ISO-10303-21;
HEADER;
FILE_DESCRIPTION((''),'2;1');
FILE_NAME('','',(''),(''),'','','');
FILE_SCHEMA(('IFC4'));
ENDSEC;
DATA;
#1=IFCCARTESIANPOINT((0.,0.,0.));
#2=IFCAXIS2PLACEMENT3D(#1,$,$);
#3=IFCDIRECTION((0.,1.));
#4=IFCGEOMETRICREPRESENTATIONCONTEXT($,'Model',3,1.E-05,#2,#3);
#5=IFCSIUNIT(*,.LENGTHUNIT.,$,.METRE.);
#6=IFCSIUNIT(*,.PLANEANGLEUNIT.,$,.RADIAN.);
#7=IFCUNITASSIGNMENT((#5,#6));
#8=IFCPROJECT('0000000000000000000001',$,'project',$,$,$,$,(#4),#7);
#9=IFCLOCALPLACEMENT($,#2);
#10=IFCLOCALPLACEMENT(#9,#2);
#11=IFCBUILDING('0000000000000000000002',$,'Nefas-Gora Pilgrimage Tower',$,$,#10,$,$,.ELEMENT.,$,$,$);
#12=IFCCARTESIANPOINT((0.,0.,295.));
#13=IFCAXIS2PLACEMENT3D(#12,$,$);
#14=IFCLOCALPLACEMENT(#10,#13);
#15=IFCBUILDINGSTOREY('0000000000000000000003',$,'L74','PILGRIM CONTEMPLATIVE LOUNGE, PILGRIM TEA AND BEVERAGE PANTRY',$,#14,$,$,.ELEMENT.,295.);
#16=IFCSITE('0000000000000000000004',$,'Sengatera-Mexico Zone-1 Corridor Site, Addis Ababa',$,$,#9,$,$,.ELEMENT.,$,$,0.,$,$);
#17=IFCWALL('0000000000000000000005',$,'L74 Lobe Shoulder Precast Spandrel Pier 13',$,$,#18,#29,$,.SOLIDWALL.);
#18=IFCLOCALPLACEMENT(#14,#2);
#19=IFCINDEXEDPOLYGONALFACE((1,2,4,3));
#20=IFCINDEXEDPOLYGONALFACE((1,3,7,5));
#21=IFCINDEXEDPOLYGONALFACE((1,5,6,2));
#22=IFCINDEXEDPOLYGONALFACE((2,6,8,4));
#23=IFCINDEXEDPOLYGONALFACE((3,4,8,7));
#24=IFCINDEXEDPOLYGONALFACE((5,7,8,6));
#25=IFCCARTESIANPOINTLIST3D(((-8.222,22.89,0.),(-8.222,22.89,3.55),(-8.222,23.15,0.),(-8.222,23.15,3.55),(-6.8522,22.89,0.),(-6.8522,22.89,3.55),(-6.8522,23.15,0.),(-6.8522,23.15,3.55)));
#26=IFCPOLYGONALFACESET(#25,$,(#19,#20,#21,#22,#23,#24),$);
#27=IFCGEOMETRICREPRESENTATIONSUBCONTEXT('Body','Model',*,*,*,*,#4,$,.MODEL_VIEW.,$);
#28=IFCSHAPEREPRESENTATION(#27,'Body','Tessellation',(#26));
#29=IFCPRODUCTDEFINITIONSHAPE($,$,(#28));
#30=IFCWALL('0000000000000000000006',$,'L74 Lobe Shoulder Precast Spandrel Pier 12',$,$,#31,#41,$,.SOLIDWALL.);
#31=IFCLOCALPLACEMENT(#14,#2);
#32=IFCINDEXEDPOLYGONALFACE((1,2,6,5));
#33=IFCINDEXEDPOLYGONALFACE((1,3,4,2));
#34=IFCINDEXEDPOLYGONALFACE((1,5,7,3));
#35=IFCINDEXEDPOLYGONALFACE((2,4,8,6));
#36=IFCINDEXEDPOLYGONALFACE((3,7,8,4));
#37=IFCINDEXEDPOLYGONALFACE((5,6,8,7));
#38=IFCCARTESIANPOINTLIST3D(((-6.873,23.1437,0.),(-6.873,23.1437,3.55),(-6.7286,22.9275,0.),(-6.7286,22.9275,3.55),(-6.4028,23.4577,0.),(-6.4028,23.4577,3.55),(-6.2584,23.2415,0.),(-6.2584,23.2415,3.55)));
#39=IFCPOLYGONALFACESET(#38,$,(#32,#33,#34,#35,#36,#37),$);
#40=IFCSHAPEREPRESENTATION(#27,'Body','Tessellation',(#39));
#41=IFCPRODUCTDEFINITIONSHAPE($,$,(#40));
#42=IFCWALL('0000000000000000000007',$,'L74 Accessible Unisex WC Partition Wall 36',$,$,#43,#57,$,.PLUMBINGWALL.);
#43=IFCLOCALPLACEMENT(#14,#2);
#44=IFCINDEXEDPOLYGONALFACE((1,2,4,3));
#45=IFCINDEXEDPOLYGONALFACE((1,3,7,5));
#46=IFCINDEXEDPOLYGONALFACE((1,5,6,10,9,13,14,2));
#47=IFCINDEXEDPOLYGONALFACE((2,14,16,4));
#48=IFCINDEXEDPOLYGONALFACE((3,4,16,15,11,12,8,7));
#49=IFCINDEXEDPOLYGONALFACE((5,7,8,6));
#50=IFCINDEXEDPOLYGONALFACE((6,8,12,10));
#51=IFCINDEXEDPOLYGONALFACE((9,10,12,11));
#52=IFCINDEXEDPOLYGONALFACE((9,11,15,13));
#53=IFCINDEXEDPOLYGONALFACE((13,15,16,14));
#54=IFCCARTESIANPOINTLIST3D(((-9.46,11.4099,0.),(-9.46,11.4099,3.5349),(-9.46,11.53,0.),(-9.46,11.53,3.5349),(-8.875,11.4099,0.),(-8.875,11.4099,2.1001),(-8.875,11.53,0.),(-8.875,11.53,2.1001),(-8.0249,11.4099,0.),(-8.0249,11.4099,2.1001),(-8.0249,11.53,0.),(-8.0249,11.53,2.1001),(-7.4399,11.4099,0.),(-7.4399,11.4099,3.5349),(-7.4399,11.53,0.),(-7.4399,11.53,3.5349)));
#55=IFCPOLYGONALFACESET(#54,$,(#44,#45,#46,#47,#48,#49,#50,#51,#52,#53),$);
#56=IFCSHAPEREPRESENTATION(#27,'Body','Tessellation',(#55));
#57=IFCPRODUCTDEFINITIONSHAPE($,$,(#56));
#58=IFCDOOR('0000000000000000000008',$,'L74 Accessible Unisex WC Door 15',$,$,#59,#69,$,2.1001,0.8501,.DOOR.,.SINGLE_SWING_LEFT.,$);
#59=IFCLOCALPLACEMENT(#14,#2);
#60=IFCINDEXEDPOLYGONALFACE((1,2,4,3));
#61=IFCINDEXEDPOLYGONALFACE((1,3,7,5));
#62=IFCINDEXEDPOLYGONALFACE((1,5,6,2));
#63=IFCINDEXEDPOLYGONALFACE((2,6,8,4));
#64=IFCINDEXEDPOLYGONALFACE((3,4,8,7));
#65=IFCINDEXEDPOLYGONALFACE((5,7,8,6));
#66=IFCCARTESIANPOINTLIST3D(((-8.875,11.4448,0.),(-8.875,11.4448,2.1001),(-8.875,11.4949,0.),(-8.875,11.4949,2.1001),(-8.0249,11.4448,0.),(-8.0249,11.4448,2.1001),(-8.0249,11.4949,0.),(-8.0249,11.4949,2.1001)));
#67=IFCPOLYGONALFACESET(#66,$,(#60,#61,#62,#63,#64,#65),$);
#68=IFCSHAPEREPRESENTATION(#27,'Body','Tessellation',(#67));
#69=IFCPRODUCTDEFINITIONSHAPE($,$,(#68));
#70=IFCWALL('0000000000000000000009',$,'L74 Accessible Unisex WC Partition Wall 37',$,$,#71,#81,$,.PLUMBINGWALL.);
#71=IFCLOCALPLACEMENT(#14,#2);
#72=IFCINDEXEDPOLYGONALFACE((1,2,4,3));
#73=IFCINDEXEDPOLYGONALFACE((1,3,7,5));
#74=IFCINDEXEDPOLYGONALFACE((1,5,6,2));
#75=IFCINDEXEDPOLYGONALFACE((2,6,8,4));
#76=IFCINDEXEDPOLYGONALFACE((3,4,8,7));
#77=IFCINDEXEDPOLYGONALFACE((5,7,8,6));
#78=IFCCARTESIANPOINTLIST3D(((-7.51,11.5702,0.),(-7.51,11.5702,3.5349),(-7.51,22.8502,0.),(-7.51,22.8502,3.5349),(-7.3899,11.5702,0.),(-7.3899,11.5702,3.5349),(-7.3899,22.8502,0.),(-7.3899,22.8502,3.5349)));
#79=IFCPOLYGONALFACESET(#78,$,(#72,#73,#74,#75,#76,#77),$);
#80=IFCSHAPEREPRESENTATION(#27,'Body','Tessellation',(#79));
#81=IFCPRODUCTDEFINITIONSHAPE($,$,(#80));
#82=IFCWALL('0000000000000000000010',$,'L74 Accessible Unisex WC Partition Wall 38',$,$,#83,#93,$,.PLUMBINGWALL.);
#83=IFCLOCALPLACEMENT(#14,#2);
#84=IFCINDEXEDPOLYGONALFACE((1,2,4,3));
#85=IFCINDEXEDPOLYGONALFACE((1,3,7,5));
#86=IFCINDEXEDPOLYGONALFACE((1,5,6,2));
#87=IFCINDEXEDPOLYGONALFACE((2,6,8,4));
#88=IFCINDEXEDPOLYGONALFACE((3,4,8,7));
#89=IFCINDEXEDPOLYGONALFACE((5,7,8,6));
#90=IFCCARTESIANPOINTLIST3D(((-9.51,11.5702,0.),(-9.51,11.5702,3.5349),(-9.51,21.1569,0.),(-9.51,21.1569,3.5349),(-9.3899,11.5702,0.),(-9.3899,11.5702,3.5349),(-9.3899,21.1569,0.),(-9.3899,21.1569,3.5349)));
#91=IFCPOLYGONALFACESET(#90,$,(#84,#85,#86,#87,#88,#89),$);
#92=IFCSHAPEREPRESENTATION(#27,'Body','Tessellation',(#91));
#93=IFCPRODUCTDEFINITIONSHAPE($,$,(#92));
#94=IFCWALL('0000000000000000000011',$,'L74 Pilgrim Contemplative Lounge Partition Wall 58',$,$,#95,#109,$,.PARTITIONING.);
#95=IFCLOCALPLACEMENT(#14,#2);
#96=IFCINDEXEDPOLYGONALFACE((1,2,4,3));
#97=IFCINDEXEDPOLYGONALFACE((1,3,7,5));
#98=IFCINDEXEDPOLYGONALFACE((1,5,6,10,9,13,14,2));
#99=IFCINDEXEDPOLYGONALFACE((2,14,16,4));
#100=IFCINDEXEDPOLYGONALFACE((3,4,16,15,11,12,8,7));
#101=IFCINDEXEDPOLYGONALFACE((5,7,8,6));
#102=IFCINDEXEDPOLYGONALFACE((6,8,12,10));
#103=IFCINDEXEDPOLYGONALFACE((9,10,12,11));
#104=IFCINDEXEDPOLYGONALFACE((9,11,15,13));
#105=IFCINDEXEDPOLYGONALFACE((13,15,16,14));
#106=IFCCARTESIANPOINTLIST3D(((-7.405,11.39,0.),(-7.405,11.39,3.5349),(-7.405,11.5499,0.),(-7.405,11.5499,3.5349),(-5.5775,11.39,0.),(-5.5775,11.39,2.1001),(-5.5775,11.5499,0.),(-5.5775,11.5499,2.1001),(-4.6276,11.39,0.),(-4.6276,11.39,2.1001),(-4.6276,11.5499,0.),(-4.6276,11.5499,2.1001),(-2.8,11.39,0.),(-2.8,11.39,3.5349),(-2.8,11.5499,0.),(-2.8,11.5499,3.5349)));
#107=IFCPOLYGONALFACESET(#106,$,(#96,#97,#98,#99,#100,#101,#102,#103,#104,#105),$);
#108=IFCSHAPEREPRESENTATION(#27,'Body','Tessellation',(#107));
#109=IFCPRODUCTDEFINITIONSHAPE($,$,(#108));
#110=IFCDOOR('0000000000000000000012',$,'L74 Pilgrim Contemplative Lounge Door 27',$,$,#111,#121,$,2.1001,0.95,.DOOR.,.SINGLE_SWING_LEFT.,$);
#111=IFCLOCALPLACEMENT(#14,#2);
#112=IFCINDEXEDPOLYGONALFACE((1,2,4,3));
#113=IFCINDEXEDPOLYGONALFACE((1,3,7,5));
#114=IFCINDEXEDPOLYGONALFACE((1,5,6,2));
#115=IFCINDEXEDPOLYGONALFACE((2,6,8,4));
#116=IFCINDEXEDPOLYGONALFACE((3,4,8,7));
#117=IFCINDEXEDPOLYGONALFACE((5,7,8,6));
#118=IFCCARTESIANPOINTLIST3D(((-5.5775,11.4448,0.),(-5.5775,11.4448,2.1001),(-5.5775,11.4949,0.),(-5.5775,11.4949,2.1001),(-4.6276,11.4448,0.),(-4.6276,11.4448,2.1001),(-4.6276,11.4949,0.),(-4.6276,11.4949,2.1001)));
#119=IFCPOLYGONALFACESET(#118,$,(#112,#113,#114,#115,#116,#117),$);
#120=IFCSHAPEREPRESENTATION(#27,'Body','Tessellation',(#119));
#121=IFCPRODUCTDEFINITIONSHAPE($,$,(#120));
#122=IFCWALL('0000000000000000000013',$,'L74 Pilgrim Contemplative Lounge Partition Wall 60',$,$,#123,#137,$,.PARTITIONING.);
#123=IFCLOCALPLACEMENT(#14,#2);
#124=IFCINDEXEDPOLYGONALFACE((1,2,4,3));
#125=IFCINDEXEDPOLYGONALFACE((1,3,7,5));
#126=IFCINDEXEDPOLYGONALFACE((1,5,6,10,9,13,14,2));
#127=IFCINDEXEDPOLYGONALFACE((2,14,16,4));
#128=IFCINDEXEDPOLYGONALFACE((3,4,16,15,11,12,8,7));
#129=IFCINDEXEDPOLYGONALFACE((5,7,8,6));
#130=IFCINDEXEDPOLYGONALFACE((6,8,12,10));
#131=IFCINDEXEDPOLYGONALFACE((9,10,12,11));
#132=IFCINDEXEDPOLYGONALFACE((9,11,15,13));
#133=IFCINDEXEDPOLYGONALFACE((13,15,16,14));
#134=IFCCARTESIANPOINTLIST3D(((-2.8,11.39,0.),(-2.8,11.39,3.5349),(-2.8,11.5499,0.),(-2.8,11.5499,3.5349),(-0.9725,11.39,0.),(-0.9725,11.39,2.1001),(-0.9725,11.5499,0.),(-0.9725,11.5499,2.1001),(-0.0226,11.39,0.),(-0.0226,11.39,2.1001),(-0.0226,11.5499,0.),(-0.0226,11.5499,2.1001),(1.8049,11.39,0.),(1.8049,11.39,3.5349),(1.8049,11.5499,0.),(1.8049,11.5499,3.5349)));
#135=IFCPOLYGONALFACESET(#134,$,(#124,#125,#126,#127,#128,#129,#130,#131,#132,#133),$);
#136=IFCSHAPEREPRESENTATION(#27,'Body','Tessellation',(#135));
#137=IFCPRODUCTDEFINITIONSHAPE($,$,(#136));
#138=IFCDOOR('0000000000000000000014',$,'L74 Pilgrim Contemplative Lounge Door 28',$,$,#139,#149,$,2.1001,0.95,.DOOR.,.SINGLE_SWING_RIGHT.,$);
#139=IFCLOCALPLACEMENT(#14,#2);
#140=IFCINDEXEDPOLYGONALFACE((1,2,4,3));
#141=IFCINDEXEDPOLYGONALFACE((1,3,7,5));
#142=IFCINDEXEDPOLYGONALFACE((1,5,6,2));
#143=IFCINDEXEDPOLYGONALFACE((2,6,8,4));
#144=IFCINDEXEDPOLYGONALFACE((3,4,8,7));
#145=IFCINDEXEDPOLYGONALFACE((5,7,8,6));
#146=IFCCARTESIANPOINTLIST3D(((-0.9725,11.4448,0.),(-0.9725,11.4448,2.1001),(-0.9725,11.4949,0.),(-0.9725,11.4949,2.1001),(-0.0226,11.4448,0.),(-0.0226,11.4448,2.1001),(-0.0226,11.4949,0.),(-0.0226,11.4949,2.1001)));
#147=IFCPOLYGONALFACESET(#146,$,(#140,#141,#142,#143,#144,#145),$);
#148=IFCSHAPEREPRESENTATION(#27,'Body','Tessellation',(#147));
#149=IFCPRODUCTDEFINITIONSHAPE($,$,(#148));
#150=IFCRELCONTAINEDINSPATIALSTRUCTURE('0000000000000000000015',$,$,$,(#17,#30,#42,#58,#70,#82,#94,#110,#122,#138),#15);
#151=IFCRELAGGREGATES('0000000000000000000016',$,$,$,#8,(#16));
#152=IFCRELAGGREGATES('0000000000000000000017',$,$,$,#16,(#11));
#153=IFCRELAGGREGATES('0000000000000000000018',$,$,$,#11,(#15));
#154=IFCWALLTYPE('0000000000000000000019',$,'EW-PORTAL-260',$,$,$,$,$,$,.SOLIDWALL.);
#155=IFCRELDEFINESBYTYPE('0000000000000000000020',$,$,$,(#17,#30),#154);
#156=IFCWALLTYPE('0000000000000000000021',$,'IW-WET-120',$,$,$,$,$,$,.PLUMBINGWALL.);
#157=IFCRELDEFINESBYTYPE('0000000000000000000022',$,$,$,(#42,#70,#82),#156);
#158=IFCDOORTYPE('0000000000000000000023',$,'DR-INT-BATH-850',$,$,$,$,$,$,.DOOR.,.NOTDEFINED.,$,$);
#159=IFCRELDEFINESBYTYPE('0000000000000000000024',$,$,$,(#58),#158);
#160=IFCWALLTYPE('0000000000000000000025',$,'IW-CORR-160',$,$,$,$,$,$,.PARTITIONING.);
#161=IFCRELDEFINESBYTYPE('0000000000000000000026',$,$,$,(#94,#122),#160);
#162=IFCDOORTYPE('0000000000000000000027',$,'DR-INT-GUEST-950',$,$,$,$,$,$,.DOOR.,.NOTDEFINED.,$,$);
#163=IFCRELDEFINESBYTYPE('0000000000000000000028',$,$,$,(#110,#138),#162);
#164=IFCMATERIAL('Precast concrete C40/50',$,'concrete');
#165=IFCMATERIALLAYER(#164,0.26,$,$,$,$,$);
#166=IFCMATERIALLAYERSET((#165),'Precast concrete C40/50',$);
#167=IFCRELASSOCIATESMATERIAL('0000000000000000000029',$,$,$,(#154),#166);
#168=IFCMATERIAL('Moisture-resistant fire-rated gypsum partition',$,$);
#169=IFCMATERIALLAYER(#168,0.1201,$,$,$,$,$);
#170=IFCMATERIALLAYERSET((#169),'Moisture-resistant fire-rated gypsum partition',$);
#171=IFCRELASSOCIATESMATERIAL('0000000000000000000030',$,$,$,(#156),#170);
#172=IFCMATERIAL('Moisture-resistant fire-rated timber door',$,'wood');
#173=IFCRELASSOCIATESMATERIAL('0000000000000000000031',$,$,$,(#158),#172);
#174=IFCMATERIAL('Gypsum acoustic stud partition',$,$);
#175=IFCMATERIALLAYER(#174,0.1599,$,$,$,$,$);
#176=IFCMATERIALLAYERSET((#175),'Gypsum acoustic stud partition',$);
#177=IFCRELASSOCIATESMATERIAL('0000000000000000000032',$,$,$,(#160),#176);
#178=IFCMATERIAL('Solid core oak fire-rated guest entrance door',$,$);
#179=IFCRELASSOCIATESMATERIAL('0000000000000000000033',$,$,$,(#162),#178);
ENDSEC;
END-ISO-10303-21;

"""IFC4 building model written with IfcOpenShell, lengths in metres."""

from ifc_helpers import new_model, si_unit, direction, frame, frame_2d, origin, place, context, subcontext, project, spatial, rectangle, extrude, source, transform, mapped, material, layer, layer_set, type_object, element, fill, save


model = new_model("IFC4")

# Units and contexts
model_context = context("Model", 3, precision=1e-05, world=origin(), true_north=direction((0.0, 1.0)))
body_context = subcontext(model_context, "Body", "Model", "MODEL_VIEW")
ifc_project = project(units=[si_unit("LENGTHUNIT", "METRE"), si_unit("PLANEANGLEUNIT", "RADIAN")], contexts=[model_context])

# Site, building, storey
site_placement = place(None, origin())
site = spatial("IfcSite", under=ifc_project, at=site_placement, Name="Sengatera-Mexico Zone-1 Corridor Site, Addis Ababa", CompositionType="ELEMENT", RefElevation=0.0)
building_placement = place(site_placement, origin())
building = spatial("IfcBuilding", under=site, at=building_placement, Name="Nefas-Gora Pilgrimage Tower", CompositionType="ELEMENT")
storey_placement = place(building_placement, frame((0.0, 0.0, 295.0)))
storey = spatial("IfcBuildingStorey", under=building, at=storey_placement, Name="L74", Description="PILGRIM CONTEMPLATIVE LOUNGE, PILGRIM TEA AND BEVERAGE PANTRY", CompositionType="ELEMENT", Elevation=295.0)

# Walls
ifc_material_1 = material(Name="Precast concrete C40/50", Category="concrete")
ifc_layer_1 = layer(ifc_material_1, 0.26)
ifc_layer_set_1 = layer_set([ifc_layer_1], Name="Precast concrete C40/50")
wall_type_1 = type_object("IfcWallType", Name="EW-PORTAL-260", PredefinedType="SOLIDWALL", material=ifc_layer_set_1)
shared_shape_1 = source(origin(), body_context, "Body", "SweptSolid", [
    extrude(rectangle(XDim=1.3699, YDim=0.26, at=frame_2d((0.6851, 0.0))), origin(), (0.0, 0.0, 1.0), 3.55),
])
wall_1_placement = place(storey_placement, frame((-6.8521, 23.02, 0.0), z_axis=(0.0, 0.0, 1.0), x_axis=(-1.0, 0.0, 0.0)))
element("IfcWall", 1, at=wall_1_placement, inside=storey, type_object=wall_type_1, Name="L74 Lobe Shoulder Precast Spandrel Pier 13", PredefinedType="SOLIDWALL", context=body_context, shape_type="MappedRepresentation", body=[
    mapped(shared_shape_1, transform((0.0, 0.0, 0.0), x_axis=(1.0, 0.0, 0.0), y_axis=(0.0, 1.0, 0.0), z_axis=(0.0, 0.0, 1.0), scale=1.0)),
])
shared_shape_2 = source(origin(), body_context, "Body", "SweptSolid", [
    extrude(rectangle(XDim=0.5654, YDim=0.26, at=frame_2d((0.2827, 0.0))), origin(), (0.0, 0.0, 1.0), 3.55),
])
wall_2_placement = place(storey_placement, frame((-6.3306, 23.3496, 0.0), z_axis=(0.0, 0.0, 1.0), x_axis=(-0.831651, -0.555298, 0.0)))
element("IfcWall", 2, at=wall_2_placement, inside=storey, type_object=wall_type_1, Name="L74 Lobe Shoulder Precast Spandrel Pier 12", PredefinedType="SOLIDWALL", context=body_context, shape_type="MappedRepresentation", body=[
    mapped(shared_shape_2, transform((0.0, 0.0, 0.0), x_axis=(1.0, 0.0, 0.0), y_axis=(0.0, 1.0, 0.0), z_axis=(0.0, 0.0, 1.0), scale=1.0)),
])

# Wall, opening, door
ifc_material_2 = material(Name="Moisture-resistant fire-rated gypsum partition")
ifc_layer_2 = layer(ifc_material_2, 0.1201)
ifc_layer_set_2 = layer_set([ifc_layer_2], Name="Moisture-resistant fire-rated gypsum partition")
wall_type_2 = type_object("IfcWallType", Name="IW-WET-120", PredefinedType="PLUMBINGWALL", material=ifc_layer_set_2)
shared_shape_3 = source(origin(), body_context, "Body", "SweptSolid", [
    extrude(rectangle(XDim=2.02, YDim=0.1201, at=frame_2d((1.01, 0.0))), origin(), (0.0, 0.0, 1.0), 3.5349),
])
wall_3_placement = place(storey_placement, frame((-9.46, 11.47, 0.0), z_axis=(0.0, 0.0, 1.0), x_axis=(1.0, 0.0, 0.0)))
wall_3 = element("IfcWall", 3, at=wall_3_placement, inside=storey, type_object=wall_type_2, Name="L74 Accessible Unisex WC Partition Wall 36", PredefinedType="PLUMBINGWALL", context=body_context, shape_type="MappedRepresentation", body=[
    mapped(shared_shape_3, transform((0.0, 0.0, 0.0), x_axis=(1.0, 0.0, 0.0), y_axis=(0.0, 1.0, 0.0), z_axis=(0.0, 0.0, 1.0), scale=1.0)),
])
opening_1_placement = place(wall_3_placement, frame((0.585, 0.0, 0.0)))
opening_1 = element("IfcOpeningElement", 4, at=opening_1_placement, cuts=wall_3, PredefinedType="OPENING", context=body_context, shape_type="SweptSolid", body=[
    extrude(rectangle(XDim=0.8501, YDim=2.1001, at=frame_2d((0.425, 1.05))), frame((0.0, 0.0701, 0.0), z_axis=(0.0, -1.0, 0.0), x_axis=(1.0, 0.0, 0.0)), (0.0, 0.0, 1.0), 0.1401),
])
ifc_material_3 = material(Name="Moisture-resistant fire-rated timber door", Category="wood")
door_type_1 = type_object("IfcDoorType", Name="DR-INT-BATH-850", OperationType="NOTDEFINED", PredefinedType="DOOR", material=ifc_material_3)
shared_shape_4 = source(origin(), body_context, "Body", "SweptSolid", [
    extrude(rectangle(XDim=0.8501, YDim=2.1001, at=frame_2d((0.425, 1.05))), frame((0.0, 0.0249, 0.0), z_axis=(0.0, -1.0, 0.0), x_axis=(1.0, 0.0, 0.0)), (0.0, 0.0, 1.0), 0.05),
])
door_1_placement = place(opening_1_placement, origin())
door_1 = element("IfcDoor", 5, at=door_1_placement, inside=storey, type_object=door_type_1, Name="L74 Accessible Unisex WC Door 15", OperationType="SINGLE_SWING_LEFT", OverallHeight=2.1001, OverallWidth=0.8501, PredefinedType="DOOR", context=body_context, shape_type="MappedRepresentation", body=[
    mapped(shared_shape_4, transform((0.0, 0.0, 0.0), x_axis=(1.0, 0.0, 0.0), y_axis=(0.0, 1.0, 0.0), z_axis=(0.0, 0.0, 1.0), scale=1.0)),
])
fill(opening_1, door_1)

# Walls
shared_shape_5 = source(origin(), body_context, "Body", "SweptSolid", [
    extrude(rectangle(XDim=11.28, YDim=0.1201, at=frame_2d((5.6401, 0.0))), origin(), (0.0, 0.0, 1.0), 3.5349),
])
wall_4_placement = place(storey_placement, frame((-7.45, 11.5701, 0.0), z_axis=(0.0, 0.0, 1.0), x_axis=(0.0, 1.0, 0.0)))
element("IfcWall", 6, at=wall_4_placement, inside=storey, type_object=wall_type_2, Name="L74 Accessible Unisex WC Partition Wall 37", PredefinedType="PLUMBINGWALL", context=body_context, shape_type="MappedRepresentation", body=[
    mapped(shared_shape_5, transform((0.0, 0.0, 0.0), x_axis=(1.0, 0.0, 0.0), y_axis=(0.0, 1.0, 0.0), z_axis=(0.0, 0.0, 1.0), scale=1.0)),
])
shared_shape_6 = source(origin(), body_context, "Body", "SweptSolid", [
    extrude(rectangle(XDim=9.5867, YDim=0.1201, at=frame_2d((4.7935, 0.0))), origin(), (0.0, 0.0, 1.0), 3.5349),
])
wall_5_placement = place(storey_placement, frame((-9.45, 11.5701, 0.0), z_axis=(0.0, 0.0, 1.0), x_axis=(0.0, 1.0, 0.0)))
element("IfcWall", 7, at=wall_5_placement, inside=storey, type_object=wall_type_2, Name="L74 Accessible Unisex WC Partition Wall 38", PredefinedType="PLUMBINGWALL", context=body_context, shape_type="MappedRepresentation", body=[
    mapped(shared_shape_6, transform((0.0, 0.0, 0.0), x_axis=(1.0, 0.0, 0.0), y_axis=(0.0, 1.0, 0.0), z_axis=(0.0, 0.0, 1.0), scale=1.0)),
])

# Walls, openings, doors
ifc_material_4 = material(Name="Gypsum acoustic stud partition")
ifc_layer_3 = layer(ifc_material_4, 0.1599)
ifc_layer_set_3 = layer_set([ifc_layer_3], Name="Gypsum acoustic stud partition")
wall_type_3 = type_object("IfcWallType", Name="IW-CORR-160", PredefinedType="PARTITIONING", material=ifc_layer_set_3)
shared_shape_7 = source(origin(), body_context, "Body", "SweptSolid", [
    extrude(rectangle(XDim=4.605, YDim=0.1599, at=frame_2d((2.3025, 0.0))), origin(), (0.0, 0.0, 1.0), 3.5349),
])
wall_6_placement = place(storey_placement, frame((-7.405, 11.47, 0.0), z_axis=(0.0, 0.0, 1.0), x_axis=(1.0, 0.0, 0.0)))
wall_6 = element("IfcWall", 8, at=wall_6_placement, inside=storey, type_object=wall_type_3, Name="L74 Pilgrim Contemplative Lounge Partition Wall 58", PredefinedType="PARTITIONING", context=body_context, shape_type="MappedRepresentation", body=[
    mapped(shared_shape_7, transform((0.0, 0.0, 0.0), x_axis=(1.0, 0.0, 0.0), y_axis=(0.0, 1.0, 0.0), z_axis=(0.0, 0.0, 1.0), scale=1.0)),
])
opening_2_placement = place(wall_6_placement, frame((1.8274, 0.0, 0.0)))
opening_2 = element("IfcOpeningElement", 9, at=opening_2_placement, cuts=wall_6, PredefinedType="OPENING", context=body_context, shape_type="SweptSolid", body=[
    extrude(rectangle(XDim=0.95, YDim=2.1001, at=frame_2d((0.4751, 1.05))), frame((0.0, 0.0898, 0.0), z_axis=(0.0, -1.0, 0.0), x_axis=(1.0, 0.0, 0.0)), (0.0, 0.0, 1.0), 0.1799),
])
ifc_material_5 = material(Name="Solid core oak fire-rated guest entrance door")
door_type_2 = type_object("IfcDoorType", Name="DR-INT-GUEST-950", OperationType="NOTDEFINED", PredefinedType="DOOR", material=ifc_material_5)
shared_shape_8 = source(origin(), body_context, "Body", "SweptSolid", [
    extrude(rectangle(XDim=0.95, YDim=2.1001, at=frame_2d((0.4751, 1.05))), frame((0.0, 0.0249, 0.0), z_axis=(0.0, -1.0, 0.0), x_axis=(1.0, 0.0, 0.0)), (0.0, 0.0, 1.0), 0.05),
])
door_2_placement = place(opening_2_placement, origin())
door_2 = element("IfcDoor", 10, at=door_2_placement, inside=storey, type_object=door_type_2, Name="L74 Pilgrim Contemplative Lounge Door 27", OperationType="SINGLE_SWING_LEFT", OverallHeight=2.1001, OverallWidth=0.95, PredefinedType="DOOR", context=body_context, shape_type="MappedRepresentation", body=[
    mapped(shared_shape_8, transform((0.0, 0.0, 0.0), x_axis=(1.0, 0.0, 0.0), y_axis=(0.0, 1.0, 0.0), z_axis=(0.0, 0.0, 1.0), scale=1.0)),
])
fill(opening_2, door_2)
wall_7_placement = place(storey_placement, frame((-2.8, 11.47, 0.0), z_axis=(0.0, 0.0, 1.0), x_axis=(1.0, 0.0, 0.0)))
wall_7 = element("IfcWall", 11, at=wall_7_placement, inside=storey, type_object=wall_type_3, Name="L74 Pilgrim Contemplative Lounge Partition Wall 60", PredefinedType="PARTITIONING", context=body_context, shape_type="MappedRepresentation", body=[
    mapped(shared_shape_7, transform((0.0, 0.0, 0.0), x_axis=(1.0, 0.0, 0.0), y_axis=(0.0, 1.0, 0.0), z_axis=(0.0, 0.0, 1.0), scale=1.0)),
])
opening_3_placement = place(wall_7_placement, frame((1.8274, 0.0, 0.0)))
opening_3 = element("IfcOpeningElement", 12, at=opening_3_placement, cuts=wall_7, PredefinedType="OPENING", context=body_context, shape_type="SweptSolid", body=[
    extrude(rectangle(XDim=0.95, YDim=2.1001, at=frame_2d((0.4751, 1.05))), frame((0.0, 0.0898, 0.0), z_axis=(0.0, -1.0, 0.0), x_axis=(1.0, 0.0, 0.0)), (0.0, 0.0, 1.0), 0.1799),
])
door_3_placement = place(opening_3_placement, origin())
door_3 = element("IfcDoor", 13, at=door_3_placement, inside=storey, type_object=door_type_2, Name="L74 Pilgrim Contemplative Lounge Door 28", OperationType="SINGLE_SWING_RIGHT", OverallHeight=2.1001, OverallWidth=0.95, PredefinedType="DOOR", context=body_context, shape_type="MappedRepresentation", body=[
    mapped(shared_shape_8, transform((0.0, 0.0, 0.0), x_axis=(1.0, 0.0, 0.0), y_axis=(0.0, 1.0, 0.0), z_axis=(0.0, 0.0, 1.0), scale=1.0)),
])
fill(opening_3, door_3)

save(model, "model.ifc")
